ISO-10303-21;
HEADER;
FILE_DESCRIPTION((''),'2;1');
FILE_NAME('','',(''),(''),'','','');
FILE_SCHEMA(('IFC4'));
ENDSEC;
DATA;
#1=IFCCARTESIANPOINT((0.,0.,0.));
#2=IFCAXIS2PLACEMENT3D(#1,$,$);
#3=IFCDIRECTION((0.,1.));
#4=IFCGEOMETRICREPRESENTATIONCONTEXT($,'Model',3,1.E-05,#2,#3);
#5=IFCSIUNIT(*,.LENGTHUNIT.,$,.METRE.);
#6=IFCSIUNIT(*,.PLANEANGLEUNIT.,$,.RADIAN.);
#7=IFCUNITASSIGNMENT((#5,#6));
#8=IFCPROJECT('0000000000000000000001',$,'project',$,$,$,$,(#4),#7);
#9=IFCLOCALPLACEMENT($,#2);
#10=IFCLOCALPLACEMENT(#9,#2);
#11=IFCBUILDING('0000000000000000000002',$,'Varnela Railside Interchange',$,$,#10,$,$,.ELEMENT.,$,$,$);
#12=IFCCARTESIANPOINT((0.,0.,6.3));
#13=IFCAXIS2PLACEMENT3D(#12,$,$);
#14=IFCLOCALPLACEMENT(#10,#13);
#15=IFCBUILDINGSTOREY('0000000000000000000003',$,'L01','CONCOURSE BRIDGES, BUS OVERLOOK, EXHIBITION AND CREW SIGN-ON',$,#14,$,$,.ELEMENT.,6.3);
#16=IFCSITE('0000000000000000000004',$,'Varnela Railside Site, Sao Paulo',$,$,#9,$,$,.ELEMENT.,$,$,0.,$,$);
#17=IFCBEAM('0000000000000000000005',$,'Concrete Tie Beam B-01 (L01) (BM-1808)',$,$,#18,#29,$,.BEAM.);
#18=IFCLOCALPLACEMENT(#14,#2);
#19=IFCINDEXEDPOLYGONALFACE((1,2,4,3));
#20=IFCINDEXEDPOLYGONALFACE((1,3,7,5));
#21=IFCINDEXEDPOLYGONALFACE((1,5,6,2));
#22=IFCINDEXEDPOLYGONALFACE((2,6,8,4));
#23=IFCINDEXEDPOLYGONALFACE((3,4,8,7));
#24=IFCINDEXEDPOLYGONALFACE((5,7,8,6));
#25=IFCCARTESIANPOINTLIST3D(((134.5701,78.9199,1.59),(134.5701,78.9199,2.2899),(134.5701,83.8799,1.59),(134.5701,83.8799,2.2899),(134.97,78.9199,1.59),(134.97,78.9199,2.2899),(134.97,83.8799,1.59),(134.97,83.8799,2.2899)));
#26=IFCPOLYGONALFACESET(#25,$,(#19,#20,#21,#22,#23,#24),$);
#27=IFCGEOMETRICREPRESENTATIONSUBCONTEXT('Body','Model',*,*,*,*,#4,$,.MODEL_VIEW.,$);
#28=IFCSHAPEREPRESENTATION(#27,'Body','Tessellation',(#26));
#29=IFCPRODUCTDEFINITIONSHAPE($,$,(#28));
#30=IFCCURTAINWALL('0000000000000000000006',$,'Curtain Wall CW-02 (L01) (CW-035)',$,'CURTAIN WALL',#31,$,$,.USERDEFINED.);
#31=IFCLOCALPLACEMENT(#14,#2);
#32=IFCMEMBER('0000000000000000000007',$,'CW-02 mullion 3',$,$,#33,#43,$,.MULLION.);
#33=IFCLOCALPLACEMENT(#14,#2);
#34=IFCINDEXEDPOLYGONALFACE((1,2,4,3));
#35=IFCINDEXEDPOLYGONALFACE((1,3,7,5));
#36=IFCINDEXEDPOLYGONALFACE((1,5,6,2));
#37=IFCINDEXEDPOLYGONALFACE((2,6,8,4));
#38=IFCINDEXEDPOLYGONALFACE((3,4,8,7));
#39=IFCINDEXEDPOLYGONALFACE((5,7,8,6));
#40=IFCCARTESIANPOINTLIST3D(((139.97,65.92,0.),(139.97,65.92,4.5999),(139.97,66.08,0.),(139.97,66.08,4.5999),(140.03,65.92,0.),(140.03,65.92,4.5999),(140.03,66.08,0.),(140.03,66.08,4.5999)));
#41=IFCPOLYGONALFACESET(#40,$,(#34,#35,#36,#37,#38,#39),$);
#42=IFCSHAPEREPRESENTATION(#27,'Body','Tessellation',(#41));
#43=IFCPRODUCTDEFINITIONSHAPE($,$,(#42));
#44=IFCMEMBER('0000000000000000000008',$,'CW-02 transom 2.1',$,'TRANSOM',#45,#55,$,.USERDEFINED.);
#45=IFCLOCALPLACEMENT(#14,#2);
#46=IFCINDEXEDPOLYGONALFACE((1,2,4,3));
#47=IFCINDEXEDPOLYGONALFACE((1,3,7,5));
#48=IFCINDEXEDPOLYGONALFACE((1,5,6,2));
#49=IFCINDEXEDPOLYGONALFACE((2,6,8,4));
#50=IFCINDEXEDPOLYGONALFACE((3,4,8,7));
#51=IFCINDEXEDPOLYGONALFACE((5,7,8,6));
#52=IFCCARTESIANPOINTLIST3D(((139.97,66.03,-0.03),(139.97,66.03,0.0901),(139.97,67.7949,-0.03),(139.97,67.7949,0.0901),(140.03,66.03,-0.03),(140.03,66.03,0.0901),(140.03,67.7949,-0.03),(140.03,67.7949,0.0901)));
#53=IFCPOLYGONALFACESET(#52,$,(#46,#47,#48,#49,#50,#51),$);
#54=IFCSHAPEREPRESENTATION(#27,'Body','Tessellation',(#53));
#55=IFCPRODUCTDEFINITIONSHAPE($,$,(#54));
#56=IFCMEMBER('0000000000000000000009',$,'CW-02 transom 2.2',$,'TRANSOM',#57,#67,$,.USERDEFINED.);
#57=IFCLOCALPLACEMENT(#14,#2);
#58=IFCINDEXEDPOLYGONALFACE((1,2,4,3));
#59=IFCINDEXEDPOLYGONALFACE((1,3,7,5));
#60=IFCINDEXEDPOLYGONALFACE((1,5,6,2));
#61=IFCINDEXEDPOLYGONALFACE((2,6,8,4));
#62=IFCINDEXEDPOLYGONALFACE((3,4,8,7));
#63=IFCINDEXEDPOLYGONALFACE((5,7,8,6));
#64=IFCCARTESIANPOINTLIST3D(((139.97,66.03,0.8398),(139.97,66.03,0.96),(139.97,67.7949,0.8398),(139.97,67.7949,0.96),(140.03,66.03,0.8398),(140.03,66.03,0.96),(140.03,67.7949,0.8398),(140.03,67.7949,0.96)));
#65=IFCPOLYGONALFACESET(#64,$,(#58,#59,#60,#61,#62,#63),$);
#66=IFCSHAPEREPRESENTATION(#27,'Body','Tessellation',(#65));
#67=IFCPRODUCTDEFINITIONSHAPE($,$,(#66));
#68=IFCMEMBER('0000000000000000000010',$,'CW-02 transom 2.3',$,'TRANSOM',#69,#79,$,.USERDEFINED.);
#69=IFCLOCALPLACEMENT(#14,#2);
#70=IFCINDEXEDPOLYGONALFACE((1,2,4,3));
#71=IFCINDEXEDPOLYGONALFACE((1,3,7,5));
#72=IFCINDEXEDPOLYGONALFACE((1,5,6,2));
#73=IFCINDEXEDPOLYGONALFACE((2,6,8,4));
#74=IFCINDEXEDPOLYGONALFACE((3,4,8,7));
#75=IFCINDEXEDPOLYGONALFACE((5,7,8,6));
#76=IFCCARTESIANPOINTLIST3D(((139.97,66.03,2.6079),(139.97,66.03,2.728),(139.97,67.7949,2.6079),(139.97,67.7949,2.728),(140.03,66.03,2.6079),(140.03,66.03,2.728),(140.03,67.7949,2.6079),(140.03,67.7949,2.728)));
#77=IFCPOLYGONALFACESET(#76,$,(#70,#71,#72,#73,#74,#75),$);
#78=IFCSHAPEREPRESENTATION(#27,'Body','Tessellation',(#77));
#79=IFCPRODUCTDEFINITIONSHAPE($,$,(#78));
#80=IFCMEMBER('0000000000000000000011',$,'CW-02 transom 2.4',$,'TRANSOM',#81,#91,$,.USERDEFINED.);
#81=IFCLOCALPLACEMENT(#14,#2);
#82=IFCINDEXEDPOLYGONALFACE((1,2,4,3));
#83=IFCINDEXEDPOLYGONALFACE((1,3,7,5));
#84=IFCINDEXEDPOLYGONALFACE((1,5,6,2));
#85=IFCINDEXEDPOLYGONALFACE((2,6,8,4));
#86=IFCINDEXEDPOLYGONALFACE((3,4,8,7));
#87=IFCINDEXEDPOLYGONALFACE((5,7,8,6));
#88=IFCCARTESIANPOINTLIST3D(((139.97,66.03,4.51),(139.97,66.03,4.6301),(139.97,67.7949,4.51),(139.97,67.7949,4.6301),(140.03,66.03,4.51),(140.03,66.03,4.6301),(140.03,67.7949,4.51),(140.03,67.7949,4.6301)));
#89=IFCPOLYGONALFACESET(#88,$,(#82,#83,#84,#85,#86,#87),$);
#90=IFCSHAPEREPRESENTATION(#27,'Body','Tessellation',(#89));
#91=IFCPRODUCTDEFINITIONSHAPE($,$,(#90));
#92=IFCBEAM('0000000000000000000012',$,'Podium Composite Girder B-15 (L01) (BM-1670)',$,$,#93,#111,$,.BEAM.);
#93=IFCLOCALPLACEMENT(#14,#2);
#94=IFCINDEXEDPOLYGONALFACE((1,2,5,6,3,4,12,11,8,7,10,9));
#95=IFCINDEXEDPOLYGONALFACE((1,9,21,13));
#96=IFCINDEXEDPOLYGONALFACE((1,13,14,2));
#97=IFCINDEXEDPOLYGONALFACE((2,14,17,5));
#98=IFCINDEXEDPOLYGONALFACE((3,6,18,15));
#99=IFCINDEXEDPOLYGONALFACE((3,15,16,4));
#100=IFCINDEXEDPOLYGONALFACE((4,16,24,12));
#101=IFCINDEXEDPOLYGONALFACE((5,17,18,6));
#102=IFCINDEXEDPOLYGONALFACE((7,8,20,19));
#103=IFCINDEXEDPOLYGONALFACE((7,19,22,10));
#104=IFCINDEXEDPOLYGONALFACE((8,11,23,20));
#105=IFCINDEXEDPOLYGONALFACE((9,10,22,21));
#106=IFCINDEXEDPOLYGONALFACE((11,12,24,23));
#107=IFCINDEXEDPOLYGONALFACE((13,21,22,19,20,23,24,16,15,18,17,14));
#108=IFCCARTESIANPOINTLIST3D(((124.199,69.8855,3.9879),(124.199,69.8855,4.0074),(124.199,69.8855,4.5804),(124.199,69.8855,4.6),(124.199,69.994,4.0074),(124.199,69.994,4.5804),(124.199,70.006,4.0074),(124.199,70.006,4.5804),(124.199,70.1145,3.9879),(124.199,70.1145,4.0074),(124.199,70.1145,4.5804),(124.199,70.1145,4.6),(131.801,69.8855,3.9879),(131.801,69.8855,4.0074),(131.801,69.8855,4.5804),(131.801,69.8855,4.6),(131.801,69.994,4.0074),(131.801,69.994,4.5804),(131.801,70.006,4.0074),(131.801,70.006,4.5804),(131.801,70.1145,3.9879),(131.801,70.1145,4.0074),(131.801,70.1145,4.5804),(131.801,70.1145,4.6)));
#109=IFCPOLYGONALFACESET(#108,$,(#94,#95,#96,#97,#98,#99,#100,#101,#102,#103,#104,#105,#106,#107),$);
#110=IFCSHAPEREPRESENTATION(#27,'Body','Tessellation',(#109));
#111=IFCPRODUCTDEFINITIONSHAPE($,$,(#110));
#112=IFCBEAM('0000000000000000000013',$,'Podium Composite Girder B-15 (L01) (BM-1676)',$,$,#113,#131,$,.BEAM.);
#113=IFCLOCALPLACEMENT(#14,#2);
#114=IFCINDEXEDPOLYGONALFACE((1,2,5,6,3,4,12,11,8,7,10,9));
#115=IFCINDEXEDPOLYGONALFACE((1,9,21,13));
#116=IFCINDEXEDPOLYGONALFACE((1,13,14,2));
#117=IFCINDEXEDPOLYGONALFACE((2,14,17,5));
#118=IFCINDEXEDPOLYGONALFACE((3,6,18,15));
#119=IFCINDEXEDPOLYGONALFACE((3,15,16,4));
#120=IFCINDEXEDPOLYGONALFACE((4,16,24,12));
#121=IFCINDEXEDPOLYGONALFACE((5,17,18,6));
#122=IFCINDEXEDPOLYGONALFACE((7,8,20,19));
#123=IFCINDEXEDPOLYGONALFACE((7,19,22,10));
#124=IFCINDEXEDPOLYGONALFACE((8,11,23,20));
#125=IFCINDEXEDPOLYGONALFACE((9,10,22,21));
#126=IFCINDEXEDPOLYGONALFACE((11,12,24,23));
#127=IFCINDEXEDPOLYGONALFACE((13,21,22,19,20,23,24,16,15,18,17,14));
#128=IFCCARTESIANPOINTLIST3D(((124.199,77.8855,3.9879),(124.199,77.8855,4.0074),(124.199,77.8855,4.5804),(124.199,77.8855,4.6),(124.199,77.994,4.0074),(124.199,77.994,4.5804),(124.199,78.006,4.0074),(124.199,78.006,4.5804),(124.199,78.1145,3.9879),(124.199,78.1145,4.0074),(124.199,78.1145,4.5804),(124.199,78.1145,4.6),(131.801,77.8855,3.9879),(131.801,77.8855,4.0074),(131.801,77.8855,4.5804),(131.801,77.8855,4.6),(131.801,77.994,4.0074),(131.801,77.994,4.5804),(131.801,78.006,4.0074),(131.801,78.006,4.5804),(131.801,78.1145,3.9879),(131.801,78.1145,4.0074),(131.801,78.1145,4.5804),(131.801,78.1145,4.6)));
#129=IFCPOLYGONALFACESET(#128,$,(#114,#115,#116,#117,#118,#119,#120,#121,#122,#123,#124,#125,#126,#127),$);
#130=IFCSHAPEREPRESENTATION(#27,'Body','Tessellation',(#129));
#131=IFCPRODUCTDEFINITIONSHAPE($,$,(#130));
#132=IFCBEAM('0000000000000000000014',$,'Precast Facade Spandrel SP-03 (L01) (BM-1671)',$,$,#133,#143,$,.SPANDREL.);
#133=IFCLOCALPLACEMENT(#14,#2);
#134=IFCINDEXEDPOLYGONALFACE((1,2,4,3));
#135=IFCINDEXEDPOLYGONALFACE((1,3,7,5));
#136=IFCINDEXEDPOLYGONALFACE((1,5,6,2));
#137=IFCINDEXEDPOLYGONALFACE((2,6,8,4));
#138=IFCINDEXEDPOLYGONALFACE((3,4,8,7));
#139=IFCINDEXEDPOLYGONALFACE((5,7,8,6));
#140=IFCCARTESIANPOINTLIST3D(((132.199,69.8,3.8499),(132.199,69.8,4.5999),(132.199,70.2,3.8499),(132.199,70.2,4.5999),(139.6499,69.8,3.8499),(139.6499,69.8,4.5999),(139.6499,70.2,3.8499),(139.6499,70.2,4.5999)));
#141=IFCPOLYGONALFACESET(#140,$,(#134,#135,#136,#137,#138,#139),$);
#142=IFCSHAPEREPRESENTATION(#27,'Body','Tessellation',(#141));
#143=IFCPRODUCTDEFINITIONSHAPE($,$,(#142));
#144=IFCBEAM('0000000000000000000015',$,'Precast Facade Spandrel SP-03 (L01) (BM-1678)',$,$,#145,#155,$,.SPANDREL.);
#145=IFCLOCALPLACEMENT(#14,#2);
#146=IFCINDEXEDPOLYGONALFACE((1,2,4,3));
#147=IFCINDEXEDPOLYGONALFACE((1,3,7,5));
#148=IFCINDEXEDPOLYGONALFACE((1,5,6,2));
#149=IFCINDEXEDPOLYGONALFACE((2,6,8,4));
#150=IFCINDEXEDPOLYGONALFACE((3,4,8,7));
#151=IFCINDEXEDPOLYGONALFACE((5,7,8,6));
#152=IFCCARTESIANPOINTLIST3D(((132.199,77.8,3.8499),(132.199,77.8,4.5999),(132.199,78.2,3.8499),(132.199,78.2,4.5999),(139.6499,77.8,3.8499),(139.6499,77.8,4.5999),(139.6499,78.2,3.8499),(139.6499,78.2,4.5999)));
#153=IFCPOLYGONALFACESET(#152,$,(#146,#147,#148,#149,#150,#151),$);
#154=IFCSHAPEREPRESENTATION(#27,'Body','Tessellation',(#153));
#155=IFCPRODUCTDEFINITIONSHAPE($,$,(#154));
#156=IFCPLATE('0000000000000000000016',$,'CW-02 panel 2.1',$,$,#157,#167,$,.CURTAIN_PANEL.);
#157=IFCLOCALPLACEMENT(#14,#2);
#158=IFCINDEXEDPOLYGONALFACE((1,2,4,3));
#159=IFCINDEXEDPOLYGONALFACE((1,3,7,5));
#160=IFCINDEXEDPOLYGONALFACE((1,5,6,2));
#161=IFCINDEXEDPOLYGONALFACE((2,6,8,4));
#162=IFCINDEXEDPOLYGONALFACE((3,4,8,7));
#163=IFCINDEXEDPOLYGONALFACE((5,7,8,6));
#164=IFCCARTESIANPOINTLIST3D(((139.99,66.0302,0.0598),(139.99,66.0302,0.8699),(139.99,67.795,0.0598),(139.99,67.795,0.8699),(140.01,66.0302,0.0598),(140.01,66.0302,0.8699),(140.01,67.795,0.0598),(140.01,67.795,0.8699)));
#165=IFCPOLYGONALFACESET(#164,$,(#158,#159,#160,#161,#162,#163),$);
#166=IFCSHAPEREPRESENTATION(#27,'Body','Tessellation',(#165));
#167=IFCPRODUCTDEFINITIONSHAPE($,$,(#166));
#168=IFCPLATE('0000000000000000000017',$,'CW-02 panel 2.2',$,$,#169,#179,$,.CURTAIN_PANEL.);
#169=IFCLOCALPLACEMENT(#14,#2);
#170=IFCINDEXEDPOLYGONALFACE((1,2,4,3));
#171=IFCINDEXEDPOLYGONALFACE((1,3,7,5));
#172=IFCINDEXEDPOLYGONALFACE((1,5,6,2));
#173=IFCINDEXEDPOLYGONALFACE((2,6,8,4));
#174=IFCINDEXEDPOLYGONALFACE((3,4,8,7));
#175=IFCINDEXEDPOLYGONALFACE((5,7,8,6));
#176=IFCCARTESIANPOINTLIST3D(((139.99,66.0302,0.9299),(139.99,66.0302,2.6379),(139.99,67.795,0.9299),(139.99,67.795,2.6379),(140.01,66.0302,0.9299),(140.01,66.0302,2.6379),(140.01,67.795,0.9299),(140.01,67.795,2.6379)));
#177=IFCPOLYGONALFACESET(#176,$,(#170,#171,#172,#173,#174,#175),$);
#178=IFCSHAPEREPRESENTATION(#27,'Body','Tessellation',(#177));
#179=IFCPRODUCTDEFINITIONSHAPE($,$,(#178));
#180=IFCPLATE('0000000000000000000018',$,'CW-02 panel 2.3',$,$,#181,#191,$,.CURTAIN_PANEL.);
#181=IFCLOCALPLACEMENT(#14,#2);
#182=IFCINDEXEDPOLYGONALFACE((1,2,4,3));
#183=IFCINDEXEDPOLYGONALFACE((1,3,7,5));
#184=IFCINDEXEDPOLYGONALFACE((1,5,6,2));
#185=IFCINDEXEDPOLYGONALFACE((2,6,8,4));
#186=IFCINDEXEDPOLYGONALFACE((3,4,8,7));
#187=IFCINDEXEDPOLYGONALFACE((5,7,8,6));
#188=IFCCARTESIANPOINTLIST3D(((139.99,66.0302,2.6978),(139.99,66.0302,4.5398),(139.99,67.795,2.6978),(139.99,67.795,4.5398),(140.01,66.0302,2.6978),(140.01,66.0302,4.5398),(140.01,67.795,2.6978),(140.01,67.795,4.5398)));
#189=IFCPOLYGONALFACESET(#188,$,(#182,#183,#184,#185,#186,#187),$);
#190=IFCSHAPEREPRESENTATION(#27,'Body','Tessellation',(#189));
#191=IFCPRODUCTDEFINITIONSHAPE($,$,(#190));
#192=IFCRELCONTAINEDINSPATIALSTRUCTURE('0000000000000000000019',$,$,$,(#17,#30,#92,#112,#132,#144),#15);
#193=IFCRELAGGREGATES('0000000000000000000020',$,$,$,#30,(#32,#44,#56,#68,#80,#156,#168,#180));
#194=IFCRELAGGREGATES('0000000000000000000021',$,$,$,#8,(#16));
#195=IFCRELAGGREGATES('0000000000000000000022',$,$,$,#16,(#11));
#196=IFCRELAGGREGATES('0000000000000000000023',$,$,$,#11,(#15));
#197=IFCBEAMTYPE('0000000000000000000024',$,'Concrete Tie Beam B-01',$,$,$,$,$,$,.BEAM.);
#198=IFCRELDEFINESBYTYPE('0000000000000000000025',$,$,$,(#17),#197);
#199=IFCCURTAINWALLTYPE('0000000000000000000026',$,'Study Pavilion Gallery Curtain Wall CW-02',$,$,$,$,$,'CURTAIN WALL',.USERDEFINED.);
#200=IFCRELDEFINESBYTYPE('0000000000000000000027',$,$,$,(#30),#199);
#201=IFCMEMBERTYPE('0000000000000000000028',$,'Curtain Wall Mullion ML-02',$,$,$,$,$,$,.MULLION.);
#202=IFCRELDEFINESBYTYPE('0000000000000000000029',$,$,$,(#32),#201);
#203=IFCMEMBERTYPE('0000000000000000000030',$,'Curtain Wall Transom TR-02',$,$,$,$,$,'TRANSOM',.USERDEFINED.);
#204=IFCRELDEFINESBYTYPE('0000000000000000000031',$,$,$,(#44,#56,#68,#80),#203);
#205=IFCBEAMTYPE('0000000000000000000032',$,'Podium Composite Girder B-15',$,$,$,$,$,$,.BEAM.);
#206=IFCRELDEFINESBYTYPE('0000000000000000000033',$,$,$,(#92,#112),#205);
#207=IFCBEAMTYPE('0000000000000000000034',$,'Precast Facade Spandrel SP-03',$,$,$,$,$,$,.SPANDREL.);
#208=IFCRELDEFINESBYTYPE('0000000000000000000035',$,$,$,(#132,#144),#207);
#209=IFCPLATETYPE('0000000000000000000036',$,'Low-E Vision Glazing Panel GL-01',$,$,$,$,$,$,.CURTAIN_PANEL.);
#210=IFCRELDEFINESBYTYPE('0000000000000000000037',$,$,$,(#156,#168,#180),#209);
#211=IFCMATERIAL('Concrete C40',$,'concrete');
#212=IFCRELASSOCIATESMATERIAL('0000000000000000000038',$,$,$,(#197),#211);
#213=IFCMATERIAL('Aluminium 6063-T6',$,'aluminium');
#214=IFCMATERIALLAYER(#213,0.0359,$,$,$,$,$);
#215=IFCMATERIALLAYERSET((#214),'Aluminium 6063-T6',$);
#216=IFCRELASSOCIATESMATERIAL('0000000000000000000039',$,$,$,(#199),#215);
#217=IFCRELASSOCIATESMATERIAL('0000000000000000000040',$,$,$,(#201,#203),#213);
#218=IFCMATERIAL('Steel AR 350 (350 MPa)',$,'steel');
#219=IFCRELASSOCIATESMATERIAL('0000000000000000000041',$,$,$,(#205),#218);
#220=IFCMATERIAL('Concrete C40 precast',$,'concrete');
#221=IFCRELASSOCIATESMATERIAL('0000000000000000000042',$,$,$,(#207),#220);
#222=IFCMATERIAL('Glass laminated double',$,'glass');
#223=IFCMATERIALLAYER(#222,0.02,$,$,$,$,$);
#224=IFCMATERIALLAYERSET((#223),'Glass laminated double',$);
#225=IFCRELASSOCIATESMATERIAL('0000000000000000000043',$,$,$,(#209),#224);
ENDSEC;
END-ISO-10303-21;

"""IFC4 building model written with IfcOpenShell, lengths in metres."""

from ifc_helpers import new_model, si_unit, direction, frame, origin, origin_2d, place, context, subcontext, project, spatial, rectangle, i_section, extrude, material, layer, layer_set, material_profile, profile_set, type_object, element, aggregate, save


model = new_model("IFC4")

# Units and contexts
model_context = context("Model", 3, precision=1e-05, world=origin(), true_north=direction((0.0, 1.0)))
body_context = subcontext(model_context, "Body", "Model", "MODEL_VIEW")
ifc_project = project(units=[si_unit("LENGTHUNIT", "METRE"), si_unit("PLANEANGLEUNIT", "RADIAN")], contexts=[model_context])

# Site, building, storey
site_placement = place(None, origin())
site = spatial("IfcSite", under=ifc_project, at=site_placement, Name="Varnela Railside Site, Sao Paulo", CompositionType="ELEMENT", RefElevation=0.0)
building_placement = place(site_placement, origin())
building = spatial("IfcBuilding", under=site, at=building_placement, Name="Varnela Railside Interchange", CompositionType="ELEMENT")
storey_placement = place(building_placement, frame((0.0, 0.0, 6.3)))
storey = spatial("IfcBuildingStorey", under=building, at=storey_placement, Name="L01", Description="CONCOURSE BRIDGES, BUS OVERLOOK, EXHIBITION AND CREW SIGN-ON", CompositionType="ELEMENT", Elevation=6.3)

# Shared definitions
ifc_material_1 = material(Name="Steel AR 350 (350 MPa)", Category="steel")

# Beam
ifc_material_2 = material(Name="Concrete C40", Category="concrete")
ifc_material_profile_1 = material_profile(ifc_material_2, rectangle(XDim=0.3999, YDim=0.7, at=origin_2d()), Name="RC 400x700")
ifc_profile_set_1 = profile_set([ifc_material_profile_1], Name="Concrete C40")
beam_type_1 = type_object("IfcBeamType", Name="Concrete Tie Beam B-01", PredefinedType="BEAM", material=ifc_profile_set_1)
for number, where, z_axis, x_axis, name in (
    (1, (134.77, 78.9199, 1.9399), (0.0, 1.0, 0.0), (-1.0, 0.0, 0.0), "Concrete Tie Beam B-01 (L01) (BM-1808)"),
):
    element("IfcBeam", number, at=place(storey_placement, frame(where, z_axis=z_axis, x_axis=x_axis)), inside=storey, type_object=beam_type_1, Name=name, PredefinedType="BEAM", context=body_context, shape_type="SweptSolid", body=[
        extrude(rectangle(XDim=0.3999, YDim=0.7, at=origin_2d()), origin(), (0.0, 0.0, 1.0), 4.96),
    ])

# Curtain wall, members
ifc_material_3 = material(Name="Aluminium 6063-T6", Category="aluminium")
ifc_layer_1 = layer(ifc_material_3, 0.0359)
ifc_layer_set_1 = layer_set([ifc_layer_1], Name="Aluminium 6063-T6")
curtain_wall_type = type_object("IfcCurtainWallType", Name="Study Pavilion Gallery Curtain Wall CW-02", ElementType="CURTAIN WALL", PredefinedType="USERDEFINED", material=ifc_layer_set_1)
curtain_wall_placement = place(storey_placement, origin())
curtain_wall = element("IfcCurtainWall", 2, at=curtain_wall_placement, inside=storey, type_object=curtain_wall_type, Name="Curtain Wall CW-02 (L01) (CW-035)", ObjectType="CURTAIN WALL", PredefinedType="USERDEFINED")
ifc_material_profile_2 = material_profile(ifc_material_3, rectangle(XDim=0.0601, YDim=0.1599, at=origin_2d()), Name="ALU 60x160")
ifc_profile_set_2 = profile_set([ifc_material_profile_2], Name="Aluminium 6063-T6")
member_type_1 = type_object("IfcMemberType", Name="Curtain Wall Mullion ML-02", PredefinedType="MULLION", material=ifc_profile_set_2)
member_1_placement = place(storey_placement, frame((140.0, 66.0, 0.0), z_axis=(0.0, 0.0, 1.0), x_axis=(1.0, 0.0, 0.0)))
member_1 = element("IfcMember", 3, at=member_1_placement, type_object=member_type_1, Name="CW-02 mullion 3", PredefinedType="MULLION", context=body_context, shape_type="SweptSolid", body=[
    extrude(rectangle(XDim=0.0601, YDim=0.1599, at=origin_2d()), origin(), (0.0, 0.0, 1.0), 4.5999),
])
ifc_material_profile_3 = material_profile(ifc_material_3, rectangle(XDim=0.0601, YDim=0.1201, at=origin_2d()), Name="ALU 60x120")
ifc_profile_set_3 = profile_set([ifc_material_profile_3], Name="Aluminium 6063-T6")
member_type_2 = type_object("IfcMemberType", Name="Curtain Wall Transom TR-02", ElementType="TRANSOM", PredefinedType="USERDEFINED", material=ifc_profile_set_3)
member_2_placement = place(storey_placement, frame((140.0, 67.7949, 0.03), z_axis=(0.0, -1.0, 0.0), x_axis=(1.0, 0.0, 0.0)))
member_2 = element("IfcMember", 4, at=member_2_placement, type_object=member_type_2, Name="CW-02 transom 2.1", ObjectType="TRANSOM", PredefinedType="USERDEFINED", context=body_context, shape_type="SweptSolid", body=[
    extrude(rectangle(XDim=0.0601, YDim=0.1201, at=origin_2d()), origin(), (0.0, 0.0, 1.0), 1.7649),
])
member_3_placement = place(storey_placement, frame((140.0, 67.7949, 0.8999), z_axis=(0.0, -1.0, 0.0), x_axis=(1.0, 0.0, 0.0)))
member_3 = element("IfcMember", 5, at=member_3_placement, type_object=member_type_2, Name="CW-02 transom 2.2", ObjectType="TRANSOM", PredefinedType="USERDEFINED", context=body_context, shape_type="SweptSolid", body=[
    extrude(rectangle(XDim=0.0601, YDim=0.1201, at=origin_2d()), origin(), (0.0, 0.0, 1.0), 1.7649),
])
member_4_placement = place(storey_placement, frame((140.0, 67.7949, 2.668), z_axis=(0.0, -1.0, 0.0), x_axis=(1.0, 0.0, 0.0)))
member_4 = element("IfcMember", 6, at=member_4_placement, type_object=member_type_2, Name="CW-02 transom 2.3", ObjectType="TRANSOM", PredefinedType="USERDEFINED", context=body_context, shape_type="SweptSolid", body=[
    extrude(rectangle(XDim=0.0601, YDim=0.1201, at=origin_2d()), origin(), (0.0, 0.0, 1.0), 1.7649),
])
member_5_placement = place(storey_placement, frame((140.0, 67.7949, 4.5701), z_axis=(0.0, -1.0, 0.0), x_axis=(1.0, 0.0, 0.0)))
member_5 = element("IfcMember", 7, at=member_5_placement, type_object=member_type_2, Name="CW-02 transom 2.4", ObjectType="TRANSOM", PredefinedType="USERDEFINED", context=body_context, shape_type="SweptSolid", body=[
    extrude(rectangle(XDim=0.0601, YDim=0.1201, at=origin_2d()), origin(), (0.0, 0.0, 1.0), 1.7649),
])

# Beams
ifc_material_profile_4 = material_profile(ifc_material_1, i_section(OverallWidth=0.229, OverallDepth=0.6121, WebThickness=0.012, FlangeThickness=0.0195, at=origin_2d()), Name="W610x125")
ifc_profile_set_4 = profile_set([ifc_material_profile_4], Name="Steel AR 350 (350 MPa)")
beam_type_2 = type_object("IfcBeamType", Name="Podium Composite Girder B-15", PredefinedType="BEAM", material=ifc_profile_set_4)
for number, where, z_axis, x_axis, name in (
    (8, (124.199, 70.0, 4.2939), (1.0, 0.0, 0.0), (0.0, 1.0, 0.0), "Podium Composite Girder B-15 (L01) (BM-1670)"),
    (9, (124.199, 78.0, 4.2939), (1.0, 0.0, 0.0), (0.0, 1.0, 0.0), "Podium Composite Girder B-15 (L01) (BM-1676)"),
):
    element("IfcBeam", number, at=place(storey_placement, frame(where, z_axis=z_axis, x_axis=x_axis)), inside=storey, type_object=beam_type_2, Name=name, PredefinedType="BEAM", context=body_context, shape_type="SweptSolid", body=[
        extrude(i_section(OverallWidth=0.229, OverallDepth=0.6121, WebThickness=0.012, FlangeThickness=0.0195, at=origin_2d()), origin(), (0.0, 0.0, 1.0), 7.6021),
    ])
ifc_material_4 = material(Name="Concrete C40 precast", Category="concrete")
ifc_material_profile_5 = material_profile(ifc_material_4, rectangle(XDim=0.3999, YDim=0.75, at=origin_2d()), Name="PC 400x750")
ifc_profile_set_5 = profile_set([ifc_material_profile_5], Name="Concrete C40 precast")
beam_type_3 = type_object("IfcBeamType", Name="Precast Facade Spandrel SP-03", PredefinedType="SPANDREL", material=ifc_profile_set_5)
for number, where, z_axis, x_axis, name in (
    (10, (132.199, 70.0, 4.2249), (1.0, 0.0, 0.0), (0.0, 1.0, 0.0), "Precast Facade Spandrel SP-03 (L01) (BM-1671)"),
    (11, (132.199, 78.0, 4.2249), (1.0, 0.0, 0.0), (0.0, 1.0, 0.0), "Precast Facade Spandrel SP-03 (L01) (BM-1678)"),
):
    element("IfcBeam", number, at=place(storey_placement, frame(where, z_axis=z_axis, x_axis=x_axis)), inside=storey, type_object=beam_type_3, Name=name, PredefinedType="SPANDREL", context=body_context, shape_type="SweptSolid", body=[
        extrude(rectangle(XDim=0.3999, YDim=0.75, at=origin_2d()), origin(), (0.0, 0.0, 1.0), 7.4509),
    ])

# Plates
ifc_material_5 = material(Name="Glass laminated double", Category="glass")
ifc_layer_2 = layer(ifc_material_5, 0.02)
ifc_layer_set_2 = layer_set([ifc_layer_2], Name="Glass laminated double")
plate_type = type_object("IfcPlateType", Name="Low-E Vision Glazing Panel GL-01", PredefinedType="CURTAIN_PANEL", material=ifc_layer_set_2)
plate_1_placement = place(storey_placement, frame((140.0, 66.9126, 0.0598), z_axis=(0.0, 0.0, 1.0), x_axis=(0.0, -1.0, 0.0)))
plate_1 = element("IfcPlate", 12, at=plate_1_placement, type_object=plate_type, Name="CW-02 panel 2.1", PredefinedType="CURTAIN_PANEL", context=body_context, shape_type="SweptSolid", body=[
    extrude(rectangle(XDim=1.7649, YDim=0.02, at=origin_2d()), origin(), (0.0, 0.0, 1.0), 0.8101),
])
plate_2_placement = place(storey_placement, frame((140.0, 66.9126, 0.9299), z_axis=(0.0, 0.0, 1.0), x_axis=(0.0, -1.0, 0.0)))
plate_2 = element("IfcPlate", 13, at=plate_2_placement, type_object=plate_type, Name="CW-02 panel 2.2", PredefinedType="CURTAIN_PANEL", context=body_context, shape_type="SweptSolid", body=[
    extrude(rectangle(XDim=1.7649, YDim=0.02, at=origin_2d()), origin(), (0.0, 0.0, 1.0), 1.708),
])
plate_3_placement = place(storey_placement, frame((140.0, 66.9126, 2.6978), z_axis=(0.0, 0.0, 1.0), x_axis=(0.0, -1.0, 0.0)))
plate_3 = element("IfcPlate", 14, at=plate_3_placement, type_object=plate_type, Name="CW-02 panel 2.3", PredefinedType="CURTAIN_PANEL", context=body_context, shape_type="SweptSolid", body=[
    extrude(rectangle(XDim=1.7649, YDim=0.02, at=origin_2d()), origin(), (0.0, 0.0, 1.0), 1.842),
])
aggregate(curtain_wall, [member_1, member_2, member_3, member_4, member_5, plate_1, plate_2, plate_3])

save(model, "model.ifc")
